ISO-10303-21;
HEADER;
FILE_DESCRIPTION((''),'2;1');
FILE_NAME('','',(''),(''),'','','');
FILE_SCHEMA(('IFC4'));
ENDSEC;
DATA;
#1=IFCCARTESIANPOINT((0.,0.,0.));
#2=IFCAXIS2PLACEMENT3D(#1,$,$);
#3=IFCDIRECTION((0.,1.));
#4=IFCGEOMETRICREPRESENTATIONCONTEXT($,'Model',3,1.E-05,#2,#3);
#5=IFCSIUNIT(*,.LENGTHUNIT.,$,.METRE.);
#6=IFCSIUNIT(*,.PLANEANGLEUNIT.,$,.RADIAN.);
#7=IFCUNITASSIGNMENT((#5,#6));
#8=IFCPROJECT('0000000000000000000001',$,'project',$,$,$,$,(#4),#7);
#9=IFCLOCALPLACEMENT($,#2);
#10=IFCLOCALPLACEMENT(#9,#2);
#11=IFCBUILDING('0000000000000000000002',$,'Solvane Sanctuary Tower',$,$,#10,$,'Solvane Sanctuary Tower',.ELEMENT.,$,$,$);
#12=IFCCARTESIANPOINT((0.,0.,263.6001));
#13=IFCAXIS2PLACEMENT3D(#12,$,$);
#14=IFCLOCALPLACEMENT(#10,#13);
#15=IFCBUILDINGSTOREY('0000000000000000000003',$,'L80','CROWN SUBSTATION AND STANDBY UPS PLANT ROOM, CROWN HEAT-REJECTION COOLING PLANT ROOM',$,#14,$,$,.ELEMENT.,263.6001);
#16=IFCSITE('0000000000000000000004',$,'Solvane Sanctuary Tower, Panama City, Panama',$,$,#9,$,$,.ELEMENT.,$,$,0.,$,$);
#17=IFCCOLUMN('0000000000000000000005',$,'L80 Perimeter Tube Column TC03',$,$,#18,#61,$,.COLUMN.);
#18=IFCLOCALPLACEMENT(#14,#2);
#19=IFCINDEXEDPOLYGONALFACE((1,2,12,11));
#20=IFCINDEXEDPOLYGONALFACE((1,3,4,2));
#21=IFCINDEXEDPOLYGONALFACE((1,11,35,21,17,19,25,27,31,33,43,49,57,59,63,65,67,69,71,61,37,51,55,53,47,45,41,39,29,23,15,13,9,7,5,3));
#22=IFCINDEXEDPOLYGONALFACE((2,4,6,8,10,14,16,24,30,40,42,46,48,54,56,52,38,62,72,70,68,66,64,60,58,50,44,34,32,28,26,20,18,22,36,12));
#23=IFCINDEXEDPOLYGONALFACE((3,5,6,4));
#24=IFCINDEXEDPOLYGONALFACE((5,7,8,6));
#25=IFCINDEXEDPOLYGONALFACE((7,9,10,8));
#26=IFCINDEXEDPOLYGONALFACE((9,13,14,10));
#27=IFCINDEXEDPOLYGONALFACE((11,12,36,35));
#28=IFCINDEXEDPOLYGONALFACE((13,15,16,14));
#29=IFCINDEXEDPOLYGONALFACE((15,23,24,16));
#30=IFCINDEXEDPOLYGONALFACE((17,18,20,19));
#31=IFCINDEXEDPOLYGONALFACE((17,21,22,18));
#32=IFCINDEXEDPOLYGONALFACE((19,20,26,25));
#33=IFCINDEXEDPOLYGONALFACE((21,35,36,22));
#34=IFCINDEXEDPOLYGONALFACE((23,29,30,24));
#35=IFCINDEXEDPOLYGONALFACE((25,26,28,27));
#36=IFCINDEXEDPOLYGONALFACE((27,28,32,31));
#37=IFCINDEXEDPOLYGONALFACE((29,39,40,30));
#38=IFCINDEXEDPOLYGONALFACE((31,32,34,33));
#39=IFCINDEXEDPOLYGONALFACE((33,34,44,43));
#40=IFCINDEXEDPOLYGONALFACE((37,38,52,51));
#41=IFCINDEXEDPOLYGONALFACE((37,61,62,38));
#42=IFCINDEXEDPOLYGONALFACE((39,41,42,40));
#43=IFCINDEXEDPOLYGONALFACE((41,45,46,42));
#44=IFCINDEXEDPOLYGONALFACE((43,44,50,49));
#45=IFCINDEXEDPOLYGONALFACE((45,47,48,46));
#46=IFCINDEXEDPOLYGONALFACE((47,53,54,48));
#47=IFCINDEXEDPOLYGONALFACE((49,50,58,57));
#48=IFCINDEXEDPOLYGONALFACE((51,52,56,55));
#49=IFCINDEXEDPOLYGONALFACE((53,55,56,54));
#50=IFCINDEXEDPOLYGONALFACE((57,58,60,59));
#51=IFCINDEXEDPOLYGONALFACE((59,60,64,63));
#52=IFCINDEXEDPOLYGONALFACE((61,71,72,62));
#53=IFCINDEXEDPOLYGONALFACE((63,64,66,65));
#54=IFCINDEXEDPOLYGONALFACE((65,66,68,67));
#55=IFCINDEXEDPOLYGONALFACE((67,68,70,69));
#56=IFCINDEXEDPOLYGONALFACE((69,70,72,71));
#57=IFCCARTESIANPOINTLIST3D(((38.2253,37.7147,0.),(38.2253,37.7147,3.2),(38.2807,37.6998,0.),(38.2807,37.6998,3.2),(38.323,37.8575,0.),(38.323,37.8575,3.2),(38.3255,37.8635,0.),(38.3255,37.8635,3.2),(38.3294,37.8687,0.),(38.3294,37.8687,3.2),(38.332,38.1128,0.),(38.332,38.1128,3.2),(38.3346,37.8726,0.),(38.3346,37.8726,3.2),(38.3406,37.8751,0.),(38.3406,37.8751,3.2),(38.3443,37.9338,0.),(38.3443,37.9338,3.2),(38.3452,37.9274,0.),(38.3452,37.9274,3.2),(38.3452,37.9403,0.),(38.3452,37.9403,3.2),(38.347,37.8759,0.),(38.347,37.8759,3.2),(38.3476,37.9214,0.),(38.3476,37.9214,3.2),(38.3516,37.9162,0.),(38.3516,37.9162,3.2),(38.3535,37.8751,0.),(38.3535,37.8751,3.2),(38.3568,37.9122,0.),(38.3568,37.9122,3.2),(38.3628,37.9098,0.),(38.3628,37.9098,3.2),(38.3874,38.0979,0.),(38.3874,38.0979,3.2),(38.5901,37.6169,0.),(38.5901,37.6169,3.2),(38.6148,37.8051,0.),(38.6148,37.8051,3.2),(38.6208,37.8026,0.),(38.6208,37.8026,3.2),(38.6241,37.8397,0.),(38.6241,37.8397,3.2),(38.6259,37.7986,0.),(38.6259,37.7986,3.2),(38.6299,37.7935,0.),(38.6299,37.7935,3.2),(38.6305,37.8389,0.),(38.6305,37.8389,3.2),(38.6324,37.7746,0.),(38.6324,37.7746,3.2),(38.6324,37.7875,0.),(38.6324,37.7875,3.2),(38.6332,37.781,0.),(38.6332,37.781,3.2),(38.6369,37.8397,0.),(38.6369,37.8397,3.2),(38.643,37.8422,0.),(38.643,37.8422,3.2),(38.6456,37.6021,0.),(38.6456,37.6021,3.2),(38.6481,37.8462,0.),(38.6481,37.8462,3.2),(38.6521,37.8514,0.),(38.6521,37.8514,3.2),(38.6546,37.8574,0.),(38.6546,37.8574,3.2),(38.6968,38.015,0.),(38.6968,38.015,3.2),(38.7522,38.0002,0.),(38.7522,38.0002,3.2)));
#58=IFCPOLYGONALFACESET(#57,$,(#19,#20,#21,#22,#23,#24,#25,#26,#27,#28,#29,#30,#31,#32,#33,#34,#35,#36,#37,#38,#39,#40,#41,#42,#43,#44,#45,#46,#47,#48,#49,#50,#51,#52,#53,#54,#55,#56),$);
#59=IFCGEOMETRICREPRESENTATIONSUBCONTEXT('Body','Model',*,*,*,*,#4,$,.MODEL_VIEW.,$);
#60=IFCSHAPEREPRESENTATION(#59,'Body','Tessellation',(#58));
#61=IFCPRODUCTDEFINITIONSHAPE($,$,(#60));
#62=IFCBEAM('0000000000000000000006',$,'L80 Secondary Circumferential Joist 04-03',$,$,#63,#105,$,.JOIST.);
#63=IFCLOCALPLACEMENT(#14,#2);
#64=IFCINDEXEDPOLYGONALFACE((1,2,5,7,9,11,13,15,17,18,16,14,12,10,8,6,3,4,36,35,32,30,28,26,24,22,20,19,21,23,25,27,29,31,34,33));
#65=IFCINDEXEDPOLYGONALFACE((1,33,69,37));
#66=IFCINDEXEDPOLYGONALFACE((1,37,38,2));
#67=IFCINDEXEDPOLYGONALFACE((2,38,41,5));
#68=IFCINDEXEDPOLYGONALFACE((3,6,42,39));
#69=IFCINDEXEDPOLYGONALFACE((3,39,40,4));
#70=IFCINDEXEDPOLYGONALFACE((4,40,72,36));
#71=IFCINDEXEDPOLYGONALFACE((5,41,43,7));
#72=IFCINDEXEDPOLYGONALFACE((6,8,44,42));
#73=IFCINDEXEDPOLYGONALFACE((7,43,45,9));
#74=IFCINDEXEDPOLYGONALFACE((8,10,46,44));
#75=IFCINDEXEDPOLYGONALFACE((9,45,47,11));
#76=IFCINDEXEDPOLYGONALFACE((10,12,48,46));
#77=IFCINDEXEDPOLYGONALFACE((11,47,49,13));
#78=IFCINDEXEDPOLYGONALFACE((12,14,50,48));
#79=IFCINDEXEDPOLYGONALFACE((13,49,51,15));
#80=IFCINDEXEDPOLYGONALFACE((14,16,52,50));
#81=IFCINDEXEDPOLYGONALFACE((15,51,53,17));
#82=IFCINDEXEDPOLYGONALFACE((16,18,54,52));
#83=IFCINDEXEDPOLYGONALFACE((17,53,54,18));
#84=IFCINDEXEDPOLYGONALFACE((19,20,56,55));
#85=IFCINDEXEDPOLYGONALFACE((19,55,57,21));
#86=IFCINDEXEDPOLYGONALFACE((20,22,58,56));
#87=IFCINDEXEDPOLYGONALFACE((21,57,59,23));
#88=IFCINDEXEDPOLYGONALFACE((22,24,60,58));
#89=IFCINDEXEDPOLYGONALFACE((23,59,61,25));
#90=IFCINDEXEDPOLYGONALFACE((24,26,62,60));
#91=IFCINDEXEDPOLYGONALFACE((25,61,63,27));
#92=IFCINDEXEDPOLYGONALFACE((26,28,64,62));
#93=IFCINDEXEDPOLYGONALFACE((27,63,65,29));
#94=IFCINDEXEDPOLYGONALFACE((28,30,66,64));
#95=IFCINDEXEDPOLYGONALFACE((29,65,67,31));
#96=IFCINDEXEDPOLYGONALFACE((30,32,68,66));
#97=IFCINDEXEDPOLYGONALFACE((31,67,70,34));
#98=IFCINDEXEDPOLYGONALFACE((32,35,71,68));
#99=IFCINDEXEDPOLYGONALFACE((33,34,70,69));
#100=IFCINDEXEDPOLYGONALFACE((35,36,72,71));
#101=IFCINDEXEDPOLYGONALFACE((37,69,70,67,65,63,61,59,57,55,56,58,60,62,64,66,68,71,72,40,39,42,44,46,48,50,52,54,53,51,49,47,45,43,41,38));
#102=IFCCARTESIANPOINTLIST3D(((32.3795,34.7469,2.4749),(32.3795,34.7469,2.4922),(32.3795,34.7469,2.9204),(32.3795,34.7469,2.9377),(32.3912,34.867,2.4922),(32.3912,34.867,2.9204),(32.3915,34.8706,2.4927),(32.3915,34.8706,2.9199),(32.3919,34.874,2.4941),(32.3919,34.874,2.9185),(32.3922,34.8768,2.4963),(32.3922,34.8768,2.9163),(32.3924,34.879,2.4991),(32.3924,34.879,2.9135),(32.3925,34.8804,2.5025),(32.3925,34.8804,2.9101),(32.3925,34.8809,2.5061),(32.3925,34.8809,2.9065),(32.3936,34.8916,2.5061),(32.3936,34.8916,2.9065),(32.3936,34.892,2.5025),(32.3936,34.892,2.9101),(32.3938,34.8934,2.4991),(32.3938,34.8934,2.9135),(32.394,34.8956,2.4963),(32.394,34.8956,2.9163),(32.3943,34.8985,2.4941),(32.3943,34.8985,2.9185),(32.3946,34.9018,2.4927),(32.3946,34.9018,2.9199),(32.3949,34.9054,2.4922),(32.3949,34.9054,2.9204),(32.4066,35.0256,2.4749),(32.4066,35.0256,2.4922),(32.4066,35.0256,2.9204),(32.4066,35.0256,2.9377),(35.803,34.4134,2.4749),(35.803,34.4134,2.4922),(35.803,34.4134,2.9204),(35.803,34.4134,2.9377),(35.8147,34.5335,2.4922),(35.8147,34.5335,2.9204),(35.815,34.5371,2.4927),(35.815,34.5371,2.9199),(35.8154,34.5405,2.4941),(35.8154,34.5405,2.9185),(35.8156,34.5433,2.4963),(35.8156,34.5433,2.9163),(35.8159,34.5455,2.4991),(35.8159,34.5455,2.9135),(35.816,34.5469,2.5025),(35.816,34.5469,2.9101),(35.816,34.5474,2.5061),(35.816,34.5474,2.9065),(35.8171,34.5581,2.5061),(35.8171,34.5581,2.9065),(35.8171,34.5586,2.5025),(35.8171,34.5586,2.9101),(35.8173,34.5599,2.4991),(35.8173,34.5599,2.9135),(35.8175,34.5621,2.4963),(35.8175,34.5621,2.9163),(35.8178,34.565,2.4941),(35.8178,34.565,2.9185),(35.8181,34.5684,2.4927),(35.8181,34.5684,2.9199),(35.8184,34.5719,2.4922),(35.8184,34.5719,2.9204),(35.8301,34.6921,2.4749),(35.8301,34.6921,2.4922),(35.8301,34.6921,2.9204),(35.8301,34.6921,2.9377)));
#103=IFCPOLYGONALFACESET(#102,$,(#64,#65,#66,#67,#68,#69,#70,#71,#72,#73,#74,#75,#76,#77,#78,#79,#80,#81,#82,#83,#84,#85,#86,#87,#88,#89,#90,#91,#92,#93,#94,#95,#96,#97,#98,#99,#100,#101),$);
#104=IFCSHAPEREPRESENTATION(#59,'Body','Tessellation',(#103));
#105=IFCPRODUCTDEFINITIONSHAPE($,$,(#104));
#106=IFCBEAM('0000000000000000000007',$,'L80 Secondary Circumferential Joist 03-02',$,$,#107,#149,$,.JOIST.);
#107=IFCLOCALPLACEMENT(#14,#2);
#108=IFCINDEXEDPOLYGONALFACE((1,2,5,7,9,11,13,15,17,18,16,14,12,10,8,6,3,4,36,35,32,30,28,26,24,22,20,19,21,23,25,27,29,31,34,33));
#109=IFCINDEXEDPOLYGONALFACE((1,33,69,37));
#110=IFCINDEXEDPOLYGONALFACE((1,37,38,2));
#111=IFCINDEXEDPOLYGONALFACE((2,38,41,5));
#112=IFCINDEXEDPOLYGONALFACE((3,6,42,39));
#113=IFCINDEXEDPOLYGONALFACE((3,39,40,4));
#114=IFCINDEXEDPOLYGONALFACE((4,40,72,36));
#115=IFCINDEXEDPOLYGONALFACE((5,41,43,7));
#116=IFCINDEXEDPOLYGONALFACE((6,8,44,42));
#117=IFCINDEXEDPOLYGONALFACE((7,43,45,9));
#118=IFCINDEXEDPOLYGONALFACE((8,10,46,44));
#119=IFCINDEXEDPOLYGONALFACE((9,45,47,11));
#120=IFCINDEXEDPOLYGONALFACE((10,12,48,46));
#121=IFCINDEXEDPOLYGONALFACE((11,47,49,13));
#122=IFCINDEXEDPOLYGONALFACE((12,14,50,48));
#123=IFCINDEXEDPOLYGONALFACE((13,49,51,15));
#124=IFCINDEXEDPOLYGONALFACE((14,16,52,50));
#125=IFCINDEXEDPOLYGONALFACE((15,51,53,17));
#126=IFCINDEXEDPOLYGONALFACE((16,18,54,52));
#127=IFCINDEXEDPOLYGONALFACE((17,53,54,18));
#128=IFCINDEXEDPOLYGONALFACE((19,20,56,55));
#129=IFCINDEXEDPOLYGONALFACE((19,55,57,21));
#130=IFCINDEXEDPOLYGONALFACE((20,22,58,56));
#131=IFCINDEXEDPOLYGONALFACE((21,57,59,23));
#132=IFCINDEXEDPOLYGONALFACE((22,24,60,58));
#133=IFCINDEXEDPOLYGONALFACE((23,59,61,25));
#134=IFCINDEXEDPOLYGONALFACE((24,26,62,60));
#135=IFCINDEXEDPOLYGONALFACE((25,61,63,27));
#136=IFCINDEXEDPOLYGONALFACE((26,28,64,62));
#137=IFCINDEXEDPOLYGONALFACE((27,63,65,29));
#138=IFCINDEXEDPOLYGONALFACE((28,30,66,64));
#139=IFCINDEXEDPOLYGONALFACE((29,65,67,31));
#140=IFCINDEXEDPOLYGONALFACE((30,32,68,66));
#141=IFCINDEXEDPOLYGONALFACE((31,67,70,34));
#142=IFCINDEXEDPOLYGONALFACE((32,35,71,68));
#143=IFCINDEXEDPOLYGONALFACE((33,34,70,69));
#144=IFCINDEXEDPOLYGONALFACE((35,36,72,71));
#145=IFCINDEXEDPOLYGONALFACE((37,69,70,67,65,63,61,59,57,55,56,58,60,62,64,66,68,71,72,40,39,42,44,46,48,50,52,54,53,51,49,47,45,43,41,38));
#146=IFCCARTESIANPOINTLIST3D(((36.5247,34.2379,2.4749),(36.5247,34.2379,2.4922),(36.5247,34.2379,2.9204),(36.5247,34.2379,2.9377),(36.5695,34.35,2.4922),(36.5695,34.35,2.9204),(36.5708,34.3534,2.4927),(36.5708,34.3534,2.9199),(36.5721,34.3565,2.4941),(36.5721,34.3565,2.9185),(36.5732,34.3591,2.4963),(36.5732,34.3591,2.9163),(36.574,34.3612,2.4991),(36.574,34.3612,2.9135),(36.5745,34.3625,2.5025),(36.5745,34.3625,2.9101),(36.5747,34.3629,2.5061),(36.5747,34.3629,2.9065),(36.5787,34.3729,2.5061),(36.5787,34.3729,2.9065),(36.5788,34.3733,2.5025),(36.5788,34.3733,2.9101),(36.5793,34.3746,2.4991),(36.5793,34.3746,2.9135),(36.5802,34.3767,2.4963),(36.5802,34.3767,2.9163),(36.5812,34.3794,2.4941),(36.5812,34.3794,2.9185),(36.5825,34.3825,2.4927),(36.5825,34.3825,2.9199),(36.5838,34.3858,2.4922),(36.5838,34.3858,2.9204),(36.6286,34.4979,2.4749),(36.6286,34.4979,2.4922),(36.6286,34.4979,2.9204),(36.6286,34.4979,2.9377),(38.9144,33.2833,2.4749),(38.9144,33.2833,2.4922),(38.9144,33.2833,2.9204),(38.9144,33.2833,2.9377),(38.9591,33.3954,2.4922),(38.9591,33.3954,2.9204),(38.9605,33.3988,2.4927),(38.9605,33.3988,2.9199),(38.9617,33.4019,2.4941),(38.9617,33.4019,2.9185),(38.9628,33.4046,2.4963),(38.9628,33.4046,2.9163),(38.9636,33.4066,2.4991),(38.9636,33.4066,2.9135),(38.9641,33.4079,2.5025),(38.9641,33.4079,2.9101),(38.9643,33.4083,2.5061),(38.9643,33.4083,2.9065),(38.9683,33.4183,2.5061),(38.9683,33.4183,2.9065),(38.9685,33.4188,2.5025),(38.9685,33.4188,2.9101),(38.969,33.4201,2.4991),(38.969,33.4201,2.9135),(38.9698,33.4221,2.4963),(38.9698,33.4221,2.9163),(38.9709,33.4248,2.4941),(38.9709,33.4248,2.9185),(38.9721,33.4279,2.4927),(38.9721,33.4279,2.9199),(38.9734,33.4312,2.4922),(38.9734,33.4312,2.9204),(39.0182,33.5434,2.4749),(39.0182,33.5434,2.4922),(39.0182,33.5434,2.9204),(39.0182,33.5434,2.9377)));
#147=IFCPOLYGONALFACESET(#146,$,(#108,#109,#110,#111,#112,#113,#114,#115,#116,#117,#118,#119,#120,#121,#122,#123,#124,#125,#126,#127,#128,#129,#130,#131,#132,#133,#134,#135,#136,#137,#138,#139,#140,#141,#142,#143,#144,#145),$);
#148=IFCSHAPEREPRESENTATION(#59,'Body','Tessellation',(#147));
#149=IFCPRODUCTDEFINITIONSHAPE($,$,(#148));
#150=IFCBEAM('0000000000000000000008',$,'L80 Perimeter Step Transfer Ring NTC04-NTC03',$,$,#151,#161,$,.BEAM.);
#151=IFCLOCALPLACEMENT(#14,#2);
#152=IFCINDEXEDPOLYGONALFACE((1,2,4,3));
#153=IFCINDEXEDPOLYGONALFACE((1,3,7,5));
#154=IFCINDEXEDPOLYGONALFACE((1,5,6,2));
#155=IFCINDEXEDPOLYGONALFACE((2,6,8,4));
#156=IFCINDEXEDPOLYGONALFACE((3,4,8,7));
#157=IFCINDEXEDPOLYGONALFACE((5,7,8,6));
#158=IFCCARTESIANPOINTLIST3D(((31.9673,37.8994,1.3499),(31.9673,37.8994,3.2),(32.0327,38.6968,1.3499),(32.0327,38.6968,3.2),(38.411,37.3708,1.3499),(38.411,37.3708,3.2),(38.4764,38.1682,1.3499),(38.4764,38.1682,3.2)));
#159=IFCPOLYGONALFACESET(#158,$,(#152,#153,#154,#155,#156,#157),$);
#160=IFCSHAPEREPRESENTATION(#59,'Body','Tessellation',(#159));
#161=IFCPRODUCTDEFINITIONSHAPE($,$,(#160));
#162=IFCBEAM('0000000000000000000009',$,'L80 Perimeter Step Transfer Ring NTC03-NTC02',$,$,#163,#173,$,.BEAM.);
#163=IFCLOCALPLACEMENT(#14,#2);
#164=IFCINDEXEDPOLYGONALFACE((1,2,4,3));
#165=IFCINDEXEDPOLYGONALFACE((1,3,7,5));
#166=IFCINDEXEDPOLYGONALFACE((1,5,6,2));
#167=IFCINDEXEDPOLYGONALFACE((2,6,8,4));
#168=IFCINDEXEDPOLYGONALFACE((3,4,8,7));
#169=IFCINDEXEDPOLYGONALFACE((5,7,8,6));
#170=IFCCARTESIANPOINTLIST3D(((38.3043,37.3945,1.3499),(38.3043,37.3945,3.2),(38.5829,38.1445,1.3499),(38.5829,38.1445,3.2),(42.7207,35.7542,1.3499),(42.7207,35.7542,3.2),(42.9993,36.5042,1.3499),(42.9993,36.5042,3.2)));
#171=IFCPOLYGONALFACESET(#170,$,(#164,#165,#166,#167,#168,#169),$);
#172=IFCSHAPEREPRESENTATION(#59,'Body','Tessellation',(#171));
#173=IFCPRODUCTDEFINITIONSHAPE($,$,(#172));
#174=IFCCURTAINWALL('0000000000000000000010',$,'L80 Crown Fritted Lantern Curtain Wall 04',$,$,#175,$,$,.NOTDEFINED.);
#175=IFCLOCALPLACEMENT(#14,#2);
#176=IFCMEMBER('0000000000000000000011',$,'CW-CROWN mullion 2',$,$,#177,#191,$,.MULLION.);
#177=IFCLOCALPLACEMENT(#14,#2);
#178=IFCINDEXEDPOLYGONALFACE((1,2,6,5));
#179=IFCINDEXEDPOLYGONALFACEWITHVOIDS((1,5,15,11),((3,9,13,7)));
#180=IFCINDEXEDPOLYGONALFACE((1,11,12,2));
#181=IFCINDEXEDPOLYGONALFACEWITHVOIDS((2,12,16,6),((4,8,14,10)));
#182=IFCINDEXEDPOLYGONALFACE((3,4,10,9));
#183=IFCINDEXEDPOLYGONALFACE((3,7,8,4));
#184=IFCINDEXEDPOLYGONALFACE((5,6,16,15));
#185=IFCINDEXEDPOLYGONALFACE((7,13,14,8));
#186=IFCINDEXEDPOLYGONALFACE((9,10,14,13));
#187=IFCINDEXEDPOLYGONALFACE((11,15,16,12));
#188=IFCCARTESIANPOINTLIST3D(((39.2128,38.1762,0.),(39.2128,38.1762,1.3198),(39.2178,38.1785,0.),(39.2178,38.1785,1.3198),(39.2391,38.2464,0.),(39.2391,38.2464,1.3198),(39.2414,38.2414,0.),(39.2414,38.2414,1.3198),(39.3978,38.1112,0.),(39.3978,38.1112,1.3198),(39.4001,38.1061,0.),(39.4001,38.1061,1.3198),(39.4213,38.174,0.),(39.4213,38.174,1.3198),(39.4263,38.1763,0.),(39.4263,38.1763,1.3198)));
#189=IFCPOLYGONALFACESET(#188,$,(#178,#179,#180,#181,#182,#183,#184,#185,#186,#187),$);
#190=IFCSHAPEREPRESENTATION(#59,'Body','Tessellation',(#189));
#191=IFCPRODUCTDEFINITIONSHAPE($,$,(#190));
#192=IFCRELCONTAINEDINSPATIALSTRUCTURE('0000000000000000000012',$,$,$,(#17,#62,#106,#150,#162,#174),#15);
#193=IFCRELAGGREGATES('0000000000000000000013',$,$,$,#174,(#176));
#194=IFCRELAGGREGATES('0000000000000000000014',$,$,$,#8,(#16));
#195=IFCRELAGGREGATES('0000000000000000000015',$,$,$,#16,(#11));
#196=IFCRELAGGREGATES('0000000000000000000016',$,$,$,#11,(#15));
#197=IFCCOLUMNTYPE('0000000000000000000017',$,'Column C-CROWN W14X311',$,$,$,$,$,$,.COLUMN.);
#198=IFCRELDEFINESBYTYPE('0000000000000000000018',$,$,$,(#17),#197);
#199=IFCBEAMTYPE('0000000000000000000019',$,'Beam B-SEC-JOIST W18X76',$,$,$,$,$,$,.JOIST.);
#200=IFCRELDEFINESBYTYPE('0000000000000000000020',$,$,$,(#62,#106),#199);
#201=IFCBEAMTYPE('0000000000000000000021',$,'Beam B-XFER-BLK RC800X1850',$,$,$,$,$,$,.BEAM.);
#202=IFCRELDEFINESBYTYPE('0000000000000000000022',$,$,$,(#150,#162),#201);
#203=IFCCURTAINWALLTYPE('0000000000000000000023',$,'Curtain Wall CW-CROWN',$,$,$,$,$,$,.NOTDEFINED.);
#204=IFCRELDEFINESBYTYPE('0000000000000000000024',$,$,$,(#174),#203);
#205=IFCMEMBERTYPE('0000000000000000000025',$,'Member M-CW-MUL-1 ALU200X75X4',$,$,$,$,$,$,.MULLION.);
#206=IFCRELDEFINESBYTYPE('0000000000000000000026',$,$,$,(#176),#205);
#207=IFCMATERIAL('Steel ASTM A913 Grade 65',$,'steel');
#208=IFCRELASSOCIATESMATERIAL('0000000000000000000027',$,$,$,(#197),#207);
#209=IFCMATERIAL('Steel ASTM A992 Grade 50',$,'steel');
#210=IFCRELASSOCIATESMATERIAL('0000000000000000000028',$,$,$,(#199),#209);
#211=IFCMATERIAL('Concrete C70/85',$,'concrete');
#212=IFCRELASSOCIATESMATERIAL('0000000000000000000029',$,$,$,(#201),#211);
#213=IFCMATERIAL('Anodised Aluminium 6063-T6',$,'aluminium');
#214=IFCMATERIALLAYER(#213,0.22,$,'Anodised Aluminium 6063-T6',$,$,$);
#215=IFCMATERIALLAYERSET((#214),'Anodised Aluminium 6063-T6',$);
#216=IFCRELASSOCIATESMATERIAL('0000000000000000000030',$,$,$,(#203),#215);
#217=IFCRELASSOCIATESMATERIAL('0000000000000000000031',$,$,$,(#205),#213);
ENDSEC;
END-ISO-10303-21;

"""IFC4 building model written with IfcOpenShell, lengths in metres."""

from ifc_helpers import new_model, si_unit, direction, frame, origin, origin_2d, place, context, subcontext, project, spatial, rectangle, hollow_rectangle, i_section, extrude, material, layer, layer_set, material_profile, profile_set, type_object, element, aggregate, save


model = new_model("IFC4")

# Units and contexts
model_context = context("Model", 3, precision=1e-05, world=origin(), true_north=direction((0.0, 1.0)))
body_context = subcontext(model_context, "Body", "Model", "MODEL_VIEW")
ifc_project = project(units=[si_unit("LENGTHUNIT", "METRE"), si_unit("PLANEANGLEUNIT", "RADIAN")], contexts=[model_context])

# Site, building, storey
site_placement = place(None, origin())
site = spatial("IfcSite", under=ifc_project, at=site_placement, Name="Solvane Sanctuary Tower, Panama City, Panama", CompositionType="ELEMENT", RefElevation=0.0)
building_placement = place(site_placement, origin())
building = spatial("IfcBuilding", under=site, at=building_placement, Name="Solvane Sanctuary Tower", LongName="Solvane Sanctuary Tower", CompositionType="ELEMENT")
storey_placement = place(building_placement, frame((0.0, 0.0, 263.6001)))
storey = spatial("IfcBuildingStorey", under=building, at=storey_placement, Name="L80", Description="CROWN SUBSTATION AND STANDBY UPS PLANT ROOM, CROWN HEAT-REJECTION COOLING PLANT ROOM", CompositionType="ELEMENT", Elevation=263.6001)

# Column
ifc_material_1 = material(Name="Steel ASTM A913 Grade 65", Category="steel")
ifc_material_profile_1 = material_profile(ifc_material_1, i_section(OverallWidth=0.4121, OverallDepth=0.4351, WebThickness=0.0359, FlangeThickness=0.0574, FilletRadius=0.0249, at=origin_2d()), Name="W14X311")
ifc_profile_set_1 = profile_set([ifc_material_profile_1], Name="Steel ASTM A913 Grade 65")
column_type = type_object("IfcColumnType", Name="Column C-CROWN W14X311", PredefinedType="COLUMN", material=ifc_profile_set_1)
column_placement = place(storey_placement, frame((38.4888, 37.8574, 0.0), z_axis=(0.0, 0.0, 1.0), x_axis=(0.258819, 0.965926, 0.0)))
element("IfcColumn", 1, at=column_placement, inside=storey, type_object=column_type, Name="L80 Perimeter Tube Column TC03", PredefinedType="COLUMN", context=body_context, shape_type="SweptSolid", body=[
    extrude(i_section(OverallWidth=0.4121, OverallDepth=0.4351, WebThickness=0.0359, FlangeThickness=0.0574, FilletRadius=0.0249, at=origin_2d()), origin(), (0.0, 0.0, 1.0), 3.2),
])

# Beams
ifc_material_2 = material(Name="Steel ASTM A992 Grade 50", Category="steel")
ifc_material_profile_2 = material_profile(ifc_material_2, i_section(OverallWidth=0.28, OverallDepth=0.4629, WebThickness=0.0107, FlangeThickness=0.0173, FilletRadius=0.0139, at=origin_2d()), Name="W18X76")
ifc_profile_set_2 = profile_set([ifc_material_profile_2], Name="Steel ASTM A992 Grade 50")
beam_type_1 = type_object("IfcBeamType", Name="Beam B-SEC-JOIST W18X76", PredefinedType="JOIST", material=ifc_profile_set_2)
beam_1_placement = place(storey_placement, frame((32.3931, 34.8862, 2.7063), z_axis=(0.995289, -0.096952, 0.0), x_axis=(0.096952, 0.995289, 0.0)))
element("IfcBeam", 2, at=beam_1_placement, inside=storey, type_object=beam_type_1, Name="L80 Secondary Circumferential Joist 04-03", PredefinedType="JOIST", context=body_context, shape_type="SweptSolid", body=[
    extrude(i_section(OverallWidth=0.28, OverallDepth=0.4629, WebThickness=0.0107, FlangeThickness=0.0173, FilletRadius=0.0139, at=origin_2d()), origin(), (0.0, 0.0, 1.0), 3.4397),
])
beam_2_placement = place(storey_placement, frame((36.5767, 34.3679, 2.7063), z_axis=(0.928647, -0.370965, 0.0), x_axis=(0.370965, 0.928647, 0.0)))
element("IfcBeam", 3, at=beam_2_placement, inside=storey, type_object=beam_type_1, Name="L80 Secondary Circumferential Joist 03-02", PredefinedType="JOIST", context=body_context, shape_type="SweptSolid", body=[
    extrude(i_section(OverallWidth=0.28, OverallDepth=0.4629, WebThickness=0.0107, FlangeThickness=0.0173, FilletRadius=0.0139, at=origin_2d()), origin(), (0.0, 0.0, 1.0), 2.5732),
])
ifc_material_3 = material(Name="Concrete C70/85", Category="concrete")
ifc_material_profile_3 = material_profile(ifc_material_3, rectangle(XDim=0.8, YDim=1.8501, at=origin_2d()), Name="RC800X1850")
ifc_profile_set_3 = profile_set([ifc_material_profile_3], Name="Concrete C70/85")
beam_type_2 = type_object("IfcBeamType", Name="Beam B-XFER-BLK RC800X1850", PredefinedType="BEAM", material=ifc_profile_set_3)
beam_3_placement = place(storey_placement, frame((32.0, 38.2981, 2.2749), z_axis=(0.996652, -0.081755, 0.0), x_axis=(0.081755, 0.996652, 0.0)))
element("IfcBeam", 4, at=beam_3_placement, inside=storey, type_object=beam_type_2, Name="L80 Perimeter Step Transfer Ring NTC04-NTC03", PredefinedType="BEAM", context=body_context, shape_type="SweptSolid", body=[
    extrude(rectangle(XDim=0.8, YDim=1.8501, at=origin_2d()), origin(), (0.0, 0.0, 1.0), 6.4653),
])
beam_4_placement = place(storey_placement, frame((38.4436, 37.7695, 2.2749), z_axis=(0.937428, -0.34818, 0.0), x_axis=(0.34818, 0.937428, 0.0)))
element("IfcBeam", 5, at=beam_4_placement, inside=storey, type_object=beam_type_2, Name="L80 Perimeter Step Transfer Ring NTC03-NTC02", PredefinedType="BEAM", context=body_context, shape_type="SweptSolid", body=[
    extrude(rectangle(XDim=0.8, YDim=1.8501, at=origin_2d()), origin(), (0.0, 0.0, 1.0), 4.7112),
])

# Curtain wall, member
ifc_material_4 = material(Name="Anodised Aluminium 6063-T6", Category="aluminium")
ifc_layer_1 = layer(ifc_material_4, 0.22, Name="Anodised Aluminium 6063-T6")
ifc_layer_set_1 = layer_set([ifc_layer_1], Name="Anodised Aluminium 6063-T6")
curtain_wall_type = type_object("IfcCurtainWallType", Name="Curtain Wall CW-CROWN", PredefinedType="NOTDEFINED", material=ifc_layer_set_1)
curtain_wall_1_placement = place(storey_placement, origin())
curtain_wall_1 = element("IfcCurtainWall", 6, at=curtain_wall_1_placement, inside=storey, type_object=curtain_wall_type, Name="L80 Crown Fritted Lantern Curtain Wall 04", PredefinedType="NOTDEFINED")
ifc_material_profile_4 = material_profile(ifc_material_4, hollow_rectangle(XDim=0.075, YDim=0.2, WallThickness=0.0039, at=origin_2d()), Name="ALU200X75X4")
ifc_profile_set_4 = profile_set([ifc_material_profile_4], Name="Anodised Aluminium 6063-T6")
member_type_1 = type_object("IfcMemberType", Name="Member M-CW-MUL-1 ALU200X75X4", PredefinedType="MULLION", material=ifc_profile_set_4)
member_1_placement = place(storey_placement, frame((39.3196, 38.1763, 0.0), z_axis=(0.0, 0.0, 1.0), x_axis=(-0.350518, -0.936556, 0.0)))
member_1 = element("IfcMember", 7, at=member_1_placement, type_object=member_type_1, Name="CW-CROWN mullion 2", PredefinedType="MULLION", context=body_context, shape_type="SweptSolid", body=[
    extrude(hollow_rectangle(XDim=0.075, YDim=0.2, WallThickness=0.0039, at=origin_2d()), origin(), (0.0, 0.0, 1.0), 1.3198),
])
aggregate(curtain_wall_1, [member_1])

save(model, "model.ifc")
